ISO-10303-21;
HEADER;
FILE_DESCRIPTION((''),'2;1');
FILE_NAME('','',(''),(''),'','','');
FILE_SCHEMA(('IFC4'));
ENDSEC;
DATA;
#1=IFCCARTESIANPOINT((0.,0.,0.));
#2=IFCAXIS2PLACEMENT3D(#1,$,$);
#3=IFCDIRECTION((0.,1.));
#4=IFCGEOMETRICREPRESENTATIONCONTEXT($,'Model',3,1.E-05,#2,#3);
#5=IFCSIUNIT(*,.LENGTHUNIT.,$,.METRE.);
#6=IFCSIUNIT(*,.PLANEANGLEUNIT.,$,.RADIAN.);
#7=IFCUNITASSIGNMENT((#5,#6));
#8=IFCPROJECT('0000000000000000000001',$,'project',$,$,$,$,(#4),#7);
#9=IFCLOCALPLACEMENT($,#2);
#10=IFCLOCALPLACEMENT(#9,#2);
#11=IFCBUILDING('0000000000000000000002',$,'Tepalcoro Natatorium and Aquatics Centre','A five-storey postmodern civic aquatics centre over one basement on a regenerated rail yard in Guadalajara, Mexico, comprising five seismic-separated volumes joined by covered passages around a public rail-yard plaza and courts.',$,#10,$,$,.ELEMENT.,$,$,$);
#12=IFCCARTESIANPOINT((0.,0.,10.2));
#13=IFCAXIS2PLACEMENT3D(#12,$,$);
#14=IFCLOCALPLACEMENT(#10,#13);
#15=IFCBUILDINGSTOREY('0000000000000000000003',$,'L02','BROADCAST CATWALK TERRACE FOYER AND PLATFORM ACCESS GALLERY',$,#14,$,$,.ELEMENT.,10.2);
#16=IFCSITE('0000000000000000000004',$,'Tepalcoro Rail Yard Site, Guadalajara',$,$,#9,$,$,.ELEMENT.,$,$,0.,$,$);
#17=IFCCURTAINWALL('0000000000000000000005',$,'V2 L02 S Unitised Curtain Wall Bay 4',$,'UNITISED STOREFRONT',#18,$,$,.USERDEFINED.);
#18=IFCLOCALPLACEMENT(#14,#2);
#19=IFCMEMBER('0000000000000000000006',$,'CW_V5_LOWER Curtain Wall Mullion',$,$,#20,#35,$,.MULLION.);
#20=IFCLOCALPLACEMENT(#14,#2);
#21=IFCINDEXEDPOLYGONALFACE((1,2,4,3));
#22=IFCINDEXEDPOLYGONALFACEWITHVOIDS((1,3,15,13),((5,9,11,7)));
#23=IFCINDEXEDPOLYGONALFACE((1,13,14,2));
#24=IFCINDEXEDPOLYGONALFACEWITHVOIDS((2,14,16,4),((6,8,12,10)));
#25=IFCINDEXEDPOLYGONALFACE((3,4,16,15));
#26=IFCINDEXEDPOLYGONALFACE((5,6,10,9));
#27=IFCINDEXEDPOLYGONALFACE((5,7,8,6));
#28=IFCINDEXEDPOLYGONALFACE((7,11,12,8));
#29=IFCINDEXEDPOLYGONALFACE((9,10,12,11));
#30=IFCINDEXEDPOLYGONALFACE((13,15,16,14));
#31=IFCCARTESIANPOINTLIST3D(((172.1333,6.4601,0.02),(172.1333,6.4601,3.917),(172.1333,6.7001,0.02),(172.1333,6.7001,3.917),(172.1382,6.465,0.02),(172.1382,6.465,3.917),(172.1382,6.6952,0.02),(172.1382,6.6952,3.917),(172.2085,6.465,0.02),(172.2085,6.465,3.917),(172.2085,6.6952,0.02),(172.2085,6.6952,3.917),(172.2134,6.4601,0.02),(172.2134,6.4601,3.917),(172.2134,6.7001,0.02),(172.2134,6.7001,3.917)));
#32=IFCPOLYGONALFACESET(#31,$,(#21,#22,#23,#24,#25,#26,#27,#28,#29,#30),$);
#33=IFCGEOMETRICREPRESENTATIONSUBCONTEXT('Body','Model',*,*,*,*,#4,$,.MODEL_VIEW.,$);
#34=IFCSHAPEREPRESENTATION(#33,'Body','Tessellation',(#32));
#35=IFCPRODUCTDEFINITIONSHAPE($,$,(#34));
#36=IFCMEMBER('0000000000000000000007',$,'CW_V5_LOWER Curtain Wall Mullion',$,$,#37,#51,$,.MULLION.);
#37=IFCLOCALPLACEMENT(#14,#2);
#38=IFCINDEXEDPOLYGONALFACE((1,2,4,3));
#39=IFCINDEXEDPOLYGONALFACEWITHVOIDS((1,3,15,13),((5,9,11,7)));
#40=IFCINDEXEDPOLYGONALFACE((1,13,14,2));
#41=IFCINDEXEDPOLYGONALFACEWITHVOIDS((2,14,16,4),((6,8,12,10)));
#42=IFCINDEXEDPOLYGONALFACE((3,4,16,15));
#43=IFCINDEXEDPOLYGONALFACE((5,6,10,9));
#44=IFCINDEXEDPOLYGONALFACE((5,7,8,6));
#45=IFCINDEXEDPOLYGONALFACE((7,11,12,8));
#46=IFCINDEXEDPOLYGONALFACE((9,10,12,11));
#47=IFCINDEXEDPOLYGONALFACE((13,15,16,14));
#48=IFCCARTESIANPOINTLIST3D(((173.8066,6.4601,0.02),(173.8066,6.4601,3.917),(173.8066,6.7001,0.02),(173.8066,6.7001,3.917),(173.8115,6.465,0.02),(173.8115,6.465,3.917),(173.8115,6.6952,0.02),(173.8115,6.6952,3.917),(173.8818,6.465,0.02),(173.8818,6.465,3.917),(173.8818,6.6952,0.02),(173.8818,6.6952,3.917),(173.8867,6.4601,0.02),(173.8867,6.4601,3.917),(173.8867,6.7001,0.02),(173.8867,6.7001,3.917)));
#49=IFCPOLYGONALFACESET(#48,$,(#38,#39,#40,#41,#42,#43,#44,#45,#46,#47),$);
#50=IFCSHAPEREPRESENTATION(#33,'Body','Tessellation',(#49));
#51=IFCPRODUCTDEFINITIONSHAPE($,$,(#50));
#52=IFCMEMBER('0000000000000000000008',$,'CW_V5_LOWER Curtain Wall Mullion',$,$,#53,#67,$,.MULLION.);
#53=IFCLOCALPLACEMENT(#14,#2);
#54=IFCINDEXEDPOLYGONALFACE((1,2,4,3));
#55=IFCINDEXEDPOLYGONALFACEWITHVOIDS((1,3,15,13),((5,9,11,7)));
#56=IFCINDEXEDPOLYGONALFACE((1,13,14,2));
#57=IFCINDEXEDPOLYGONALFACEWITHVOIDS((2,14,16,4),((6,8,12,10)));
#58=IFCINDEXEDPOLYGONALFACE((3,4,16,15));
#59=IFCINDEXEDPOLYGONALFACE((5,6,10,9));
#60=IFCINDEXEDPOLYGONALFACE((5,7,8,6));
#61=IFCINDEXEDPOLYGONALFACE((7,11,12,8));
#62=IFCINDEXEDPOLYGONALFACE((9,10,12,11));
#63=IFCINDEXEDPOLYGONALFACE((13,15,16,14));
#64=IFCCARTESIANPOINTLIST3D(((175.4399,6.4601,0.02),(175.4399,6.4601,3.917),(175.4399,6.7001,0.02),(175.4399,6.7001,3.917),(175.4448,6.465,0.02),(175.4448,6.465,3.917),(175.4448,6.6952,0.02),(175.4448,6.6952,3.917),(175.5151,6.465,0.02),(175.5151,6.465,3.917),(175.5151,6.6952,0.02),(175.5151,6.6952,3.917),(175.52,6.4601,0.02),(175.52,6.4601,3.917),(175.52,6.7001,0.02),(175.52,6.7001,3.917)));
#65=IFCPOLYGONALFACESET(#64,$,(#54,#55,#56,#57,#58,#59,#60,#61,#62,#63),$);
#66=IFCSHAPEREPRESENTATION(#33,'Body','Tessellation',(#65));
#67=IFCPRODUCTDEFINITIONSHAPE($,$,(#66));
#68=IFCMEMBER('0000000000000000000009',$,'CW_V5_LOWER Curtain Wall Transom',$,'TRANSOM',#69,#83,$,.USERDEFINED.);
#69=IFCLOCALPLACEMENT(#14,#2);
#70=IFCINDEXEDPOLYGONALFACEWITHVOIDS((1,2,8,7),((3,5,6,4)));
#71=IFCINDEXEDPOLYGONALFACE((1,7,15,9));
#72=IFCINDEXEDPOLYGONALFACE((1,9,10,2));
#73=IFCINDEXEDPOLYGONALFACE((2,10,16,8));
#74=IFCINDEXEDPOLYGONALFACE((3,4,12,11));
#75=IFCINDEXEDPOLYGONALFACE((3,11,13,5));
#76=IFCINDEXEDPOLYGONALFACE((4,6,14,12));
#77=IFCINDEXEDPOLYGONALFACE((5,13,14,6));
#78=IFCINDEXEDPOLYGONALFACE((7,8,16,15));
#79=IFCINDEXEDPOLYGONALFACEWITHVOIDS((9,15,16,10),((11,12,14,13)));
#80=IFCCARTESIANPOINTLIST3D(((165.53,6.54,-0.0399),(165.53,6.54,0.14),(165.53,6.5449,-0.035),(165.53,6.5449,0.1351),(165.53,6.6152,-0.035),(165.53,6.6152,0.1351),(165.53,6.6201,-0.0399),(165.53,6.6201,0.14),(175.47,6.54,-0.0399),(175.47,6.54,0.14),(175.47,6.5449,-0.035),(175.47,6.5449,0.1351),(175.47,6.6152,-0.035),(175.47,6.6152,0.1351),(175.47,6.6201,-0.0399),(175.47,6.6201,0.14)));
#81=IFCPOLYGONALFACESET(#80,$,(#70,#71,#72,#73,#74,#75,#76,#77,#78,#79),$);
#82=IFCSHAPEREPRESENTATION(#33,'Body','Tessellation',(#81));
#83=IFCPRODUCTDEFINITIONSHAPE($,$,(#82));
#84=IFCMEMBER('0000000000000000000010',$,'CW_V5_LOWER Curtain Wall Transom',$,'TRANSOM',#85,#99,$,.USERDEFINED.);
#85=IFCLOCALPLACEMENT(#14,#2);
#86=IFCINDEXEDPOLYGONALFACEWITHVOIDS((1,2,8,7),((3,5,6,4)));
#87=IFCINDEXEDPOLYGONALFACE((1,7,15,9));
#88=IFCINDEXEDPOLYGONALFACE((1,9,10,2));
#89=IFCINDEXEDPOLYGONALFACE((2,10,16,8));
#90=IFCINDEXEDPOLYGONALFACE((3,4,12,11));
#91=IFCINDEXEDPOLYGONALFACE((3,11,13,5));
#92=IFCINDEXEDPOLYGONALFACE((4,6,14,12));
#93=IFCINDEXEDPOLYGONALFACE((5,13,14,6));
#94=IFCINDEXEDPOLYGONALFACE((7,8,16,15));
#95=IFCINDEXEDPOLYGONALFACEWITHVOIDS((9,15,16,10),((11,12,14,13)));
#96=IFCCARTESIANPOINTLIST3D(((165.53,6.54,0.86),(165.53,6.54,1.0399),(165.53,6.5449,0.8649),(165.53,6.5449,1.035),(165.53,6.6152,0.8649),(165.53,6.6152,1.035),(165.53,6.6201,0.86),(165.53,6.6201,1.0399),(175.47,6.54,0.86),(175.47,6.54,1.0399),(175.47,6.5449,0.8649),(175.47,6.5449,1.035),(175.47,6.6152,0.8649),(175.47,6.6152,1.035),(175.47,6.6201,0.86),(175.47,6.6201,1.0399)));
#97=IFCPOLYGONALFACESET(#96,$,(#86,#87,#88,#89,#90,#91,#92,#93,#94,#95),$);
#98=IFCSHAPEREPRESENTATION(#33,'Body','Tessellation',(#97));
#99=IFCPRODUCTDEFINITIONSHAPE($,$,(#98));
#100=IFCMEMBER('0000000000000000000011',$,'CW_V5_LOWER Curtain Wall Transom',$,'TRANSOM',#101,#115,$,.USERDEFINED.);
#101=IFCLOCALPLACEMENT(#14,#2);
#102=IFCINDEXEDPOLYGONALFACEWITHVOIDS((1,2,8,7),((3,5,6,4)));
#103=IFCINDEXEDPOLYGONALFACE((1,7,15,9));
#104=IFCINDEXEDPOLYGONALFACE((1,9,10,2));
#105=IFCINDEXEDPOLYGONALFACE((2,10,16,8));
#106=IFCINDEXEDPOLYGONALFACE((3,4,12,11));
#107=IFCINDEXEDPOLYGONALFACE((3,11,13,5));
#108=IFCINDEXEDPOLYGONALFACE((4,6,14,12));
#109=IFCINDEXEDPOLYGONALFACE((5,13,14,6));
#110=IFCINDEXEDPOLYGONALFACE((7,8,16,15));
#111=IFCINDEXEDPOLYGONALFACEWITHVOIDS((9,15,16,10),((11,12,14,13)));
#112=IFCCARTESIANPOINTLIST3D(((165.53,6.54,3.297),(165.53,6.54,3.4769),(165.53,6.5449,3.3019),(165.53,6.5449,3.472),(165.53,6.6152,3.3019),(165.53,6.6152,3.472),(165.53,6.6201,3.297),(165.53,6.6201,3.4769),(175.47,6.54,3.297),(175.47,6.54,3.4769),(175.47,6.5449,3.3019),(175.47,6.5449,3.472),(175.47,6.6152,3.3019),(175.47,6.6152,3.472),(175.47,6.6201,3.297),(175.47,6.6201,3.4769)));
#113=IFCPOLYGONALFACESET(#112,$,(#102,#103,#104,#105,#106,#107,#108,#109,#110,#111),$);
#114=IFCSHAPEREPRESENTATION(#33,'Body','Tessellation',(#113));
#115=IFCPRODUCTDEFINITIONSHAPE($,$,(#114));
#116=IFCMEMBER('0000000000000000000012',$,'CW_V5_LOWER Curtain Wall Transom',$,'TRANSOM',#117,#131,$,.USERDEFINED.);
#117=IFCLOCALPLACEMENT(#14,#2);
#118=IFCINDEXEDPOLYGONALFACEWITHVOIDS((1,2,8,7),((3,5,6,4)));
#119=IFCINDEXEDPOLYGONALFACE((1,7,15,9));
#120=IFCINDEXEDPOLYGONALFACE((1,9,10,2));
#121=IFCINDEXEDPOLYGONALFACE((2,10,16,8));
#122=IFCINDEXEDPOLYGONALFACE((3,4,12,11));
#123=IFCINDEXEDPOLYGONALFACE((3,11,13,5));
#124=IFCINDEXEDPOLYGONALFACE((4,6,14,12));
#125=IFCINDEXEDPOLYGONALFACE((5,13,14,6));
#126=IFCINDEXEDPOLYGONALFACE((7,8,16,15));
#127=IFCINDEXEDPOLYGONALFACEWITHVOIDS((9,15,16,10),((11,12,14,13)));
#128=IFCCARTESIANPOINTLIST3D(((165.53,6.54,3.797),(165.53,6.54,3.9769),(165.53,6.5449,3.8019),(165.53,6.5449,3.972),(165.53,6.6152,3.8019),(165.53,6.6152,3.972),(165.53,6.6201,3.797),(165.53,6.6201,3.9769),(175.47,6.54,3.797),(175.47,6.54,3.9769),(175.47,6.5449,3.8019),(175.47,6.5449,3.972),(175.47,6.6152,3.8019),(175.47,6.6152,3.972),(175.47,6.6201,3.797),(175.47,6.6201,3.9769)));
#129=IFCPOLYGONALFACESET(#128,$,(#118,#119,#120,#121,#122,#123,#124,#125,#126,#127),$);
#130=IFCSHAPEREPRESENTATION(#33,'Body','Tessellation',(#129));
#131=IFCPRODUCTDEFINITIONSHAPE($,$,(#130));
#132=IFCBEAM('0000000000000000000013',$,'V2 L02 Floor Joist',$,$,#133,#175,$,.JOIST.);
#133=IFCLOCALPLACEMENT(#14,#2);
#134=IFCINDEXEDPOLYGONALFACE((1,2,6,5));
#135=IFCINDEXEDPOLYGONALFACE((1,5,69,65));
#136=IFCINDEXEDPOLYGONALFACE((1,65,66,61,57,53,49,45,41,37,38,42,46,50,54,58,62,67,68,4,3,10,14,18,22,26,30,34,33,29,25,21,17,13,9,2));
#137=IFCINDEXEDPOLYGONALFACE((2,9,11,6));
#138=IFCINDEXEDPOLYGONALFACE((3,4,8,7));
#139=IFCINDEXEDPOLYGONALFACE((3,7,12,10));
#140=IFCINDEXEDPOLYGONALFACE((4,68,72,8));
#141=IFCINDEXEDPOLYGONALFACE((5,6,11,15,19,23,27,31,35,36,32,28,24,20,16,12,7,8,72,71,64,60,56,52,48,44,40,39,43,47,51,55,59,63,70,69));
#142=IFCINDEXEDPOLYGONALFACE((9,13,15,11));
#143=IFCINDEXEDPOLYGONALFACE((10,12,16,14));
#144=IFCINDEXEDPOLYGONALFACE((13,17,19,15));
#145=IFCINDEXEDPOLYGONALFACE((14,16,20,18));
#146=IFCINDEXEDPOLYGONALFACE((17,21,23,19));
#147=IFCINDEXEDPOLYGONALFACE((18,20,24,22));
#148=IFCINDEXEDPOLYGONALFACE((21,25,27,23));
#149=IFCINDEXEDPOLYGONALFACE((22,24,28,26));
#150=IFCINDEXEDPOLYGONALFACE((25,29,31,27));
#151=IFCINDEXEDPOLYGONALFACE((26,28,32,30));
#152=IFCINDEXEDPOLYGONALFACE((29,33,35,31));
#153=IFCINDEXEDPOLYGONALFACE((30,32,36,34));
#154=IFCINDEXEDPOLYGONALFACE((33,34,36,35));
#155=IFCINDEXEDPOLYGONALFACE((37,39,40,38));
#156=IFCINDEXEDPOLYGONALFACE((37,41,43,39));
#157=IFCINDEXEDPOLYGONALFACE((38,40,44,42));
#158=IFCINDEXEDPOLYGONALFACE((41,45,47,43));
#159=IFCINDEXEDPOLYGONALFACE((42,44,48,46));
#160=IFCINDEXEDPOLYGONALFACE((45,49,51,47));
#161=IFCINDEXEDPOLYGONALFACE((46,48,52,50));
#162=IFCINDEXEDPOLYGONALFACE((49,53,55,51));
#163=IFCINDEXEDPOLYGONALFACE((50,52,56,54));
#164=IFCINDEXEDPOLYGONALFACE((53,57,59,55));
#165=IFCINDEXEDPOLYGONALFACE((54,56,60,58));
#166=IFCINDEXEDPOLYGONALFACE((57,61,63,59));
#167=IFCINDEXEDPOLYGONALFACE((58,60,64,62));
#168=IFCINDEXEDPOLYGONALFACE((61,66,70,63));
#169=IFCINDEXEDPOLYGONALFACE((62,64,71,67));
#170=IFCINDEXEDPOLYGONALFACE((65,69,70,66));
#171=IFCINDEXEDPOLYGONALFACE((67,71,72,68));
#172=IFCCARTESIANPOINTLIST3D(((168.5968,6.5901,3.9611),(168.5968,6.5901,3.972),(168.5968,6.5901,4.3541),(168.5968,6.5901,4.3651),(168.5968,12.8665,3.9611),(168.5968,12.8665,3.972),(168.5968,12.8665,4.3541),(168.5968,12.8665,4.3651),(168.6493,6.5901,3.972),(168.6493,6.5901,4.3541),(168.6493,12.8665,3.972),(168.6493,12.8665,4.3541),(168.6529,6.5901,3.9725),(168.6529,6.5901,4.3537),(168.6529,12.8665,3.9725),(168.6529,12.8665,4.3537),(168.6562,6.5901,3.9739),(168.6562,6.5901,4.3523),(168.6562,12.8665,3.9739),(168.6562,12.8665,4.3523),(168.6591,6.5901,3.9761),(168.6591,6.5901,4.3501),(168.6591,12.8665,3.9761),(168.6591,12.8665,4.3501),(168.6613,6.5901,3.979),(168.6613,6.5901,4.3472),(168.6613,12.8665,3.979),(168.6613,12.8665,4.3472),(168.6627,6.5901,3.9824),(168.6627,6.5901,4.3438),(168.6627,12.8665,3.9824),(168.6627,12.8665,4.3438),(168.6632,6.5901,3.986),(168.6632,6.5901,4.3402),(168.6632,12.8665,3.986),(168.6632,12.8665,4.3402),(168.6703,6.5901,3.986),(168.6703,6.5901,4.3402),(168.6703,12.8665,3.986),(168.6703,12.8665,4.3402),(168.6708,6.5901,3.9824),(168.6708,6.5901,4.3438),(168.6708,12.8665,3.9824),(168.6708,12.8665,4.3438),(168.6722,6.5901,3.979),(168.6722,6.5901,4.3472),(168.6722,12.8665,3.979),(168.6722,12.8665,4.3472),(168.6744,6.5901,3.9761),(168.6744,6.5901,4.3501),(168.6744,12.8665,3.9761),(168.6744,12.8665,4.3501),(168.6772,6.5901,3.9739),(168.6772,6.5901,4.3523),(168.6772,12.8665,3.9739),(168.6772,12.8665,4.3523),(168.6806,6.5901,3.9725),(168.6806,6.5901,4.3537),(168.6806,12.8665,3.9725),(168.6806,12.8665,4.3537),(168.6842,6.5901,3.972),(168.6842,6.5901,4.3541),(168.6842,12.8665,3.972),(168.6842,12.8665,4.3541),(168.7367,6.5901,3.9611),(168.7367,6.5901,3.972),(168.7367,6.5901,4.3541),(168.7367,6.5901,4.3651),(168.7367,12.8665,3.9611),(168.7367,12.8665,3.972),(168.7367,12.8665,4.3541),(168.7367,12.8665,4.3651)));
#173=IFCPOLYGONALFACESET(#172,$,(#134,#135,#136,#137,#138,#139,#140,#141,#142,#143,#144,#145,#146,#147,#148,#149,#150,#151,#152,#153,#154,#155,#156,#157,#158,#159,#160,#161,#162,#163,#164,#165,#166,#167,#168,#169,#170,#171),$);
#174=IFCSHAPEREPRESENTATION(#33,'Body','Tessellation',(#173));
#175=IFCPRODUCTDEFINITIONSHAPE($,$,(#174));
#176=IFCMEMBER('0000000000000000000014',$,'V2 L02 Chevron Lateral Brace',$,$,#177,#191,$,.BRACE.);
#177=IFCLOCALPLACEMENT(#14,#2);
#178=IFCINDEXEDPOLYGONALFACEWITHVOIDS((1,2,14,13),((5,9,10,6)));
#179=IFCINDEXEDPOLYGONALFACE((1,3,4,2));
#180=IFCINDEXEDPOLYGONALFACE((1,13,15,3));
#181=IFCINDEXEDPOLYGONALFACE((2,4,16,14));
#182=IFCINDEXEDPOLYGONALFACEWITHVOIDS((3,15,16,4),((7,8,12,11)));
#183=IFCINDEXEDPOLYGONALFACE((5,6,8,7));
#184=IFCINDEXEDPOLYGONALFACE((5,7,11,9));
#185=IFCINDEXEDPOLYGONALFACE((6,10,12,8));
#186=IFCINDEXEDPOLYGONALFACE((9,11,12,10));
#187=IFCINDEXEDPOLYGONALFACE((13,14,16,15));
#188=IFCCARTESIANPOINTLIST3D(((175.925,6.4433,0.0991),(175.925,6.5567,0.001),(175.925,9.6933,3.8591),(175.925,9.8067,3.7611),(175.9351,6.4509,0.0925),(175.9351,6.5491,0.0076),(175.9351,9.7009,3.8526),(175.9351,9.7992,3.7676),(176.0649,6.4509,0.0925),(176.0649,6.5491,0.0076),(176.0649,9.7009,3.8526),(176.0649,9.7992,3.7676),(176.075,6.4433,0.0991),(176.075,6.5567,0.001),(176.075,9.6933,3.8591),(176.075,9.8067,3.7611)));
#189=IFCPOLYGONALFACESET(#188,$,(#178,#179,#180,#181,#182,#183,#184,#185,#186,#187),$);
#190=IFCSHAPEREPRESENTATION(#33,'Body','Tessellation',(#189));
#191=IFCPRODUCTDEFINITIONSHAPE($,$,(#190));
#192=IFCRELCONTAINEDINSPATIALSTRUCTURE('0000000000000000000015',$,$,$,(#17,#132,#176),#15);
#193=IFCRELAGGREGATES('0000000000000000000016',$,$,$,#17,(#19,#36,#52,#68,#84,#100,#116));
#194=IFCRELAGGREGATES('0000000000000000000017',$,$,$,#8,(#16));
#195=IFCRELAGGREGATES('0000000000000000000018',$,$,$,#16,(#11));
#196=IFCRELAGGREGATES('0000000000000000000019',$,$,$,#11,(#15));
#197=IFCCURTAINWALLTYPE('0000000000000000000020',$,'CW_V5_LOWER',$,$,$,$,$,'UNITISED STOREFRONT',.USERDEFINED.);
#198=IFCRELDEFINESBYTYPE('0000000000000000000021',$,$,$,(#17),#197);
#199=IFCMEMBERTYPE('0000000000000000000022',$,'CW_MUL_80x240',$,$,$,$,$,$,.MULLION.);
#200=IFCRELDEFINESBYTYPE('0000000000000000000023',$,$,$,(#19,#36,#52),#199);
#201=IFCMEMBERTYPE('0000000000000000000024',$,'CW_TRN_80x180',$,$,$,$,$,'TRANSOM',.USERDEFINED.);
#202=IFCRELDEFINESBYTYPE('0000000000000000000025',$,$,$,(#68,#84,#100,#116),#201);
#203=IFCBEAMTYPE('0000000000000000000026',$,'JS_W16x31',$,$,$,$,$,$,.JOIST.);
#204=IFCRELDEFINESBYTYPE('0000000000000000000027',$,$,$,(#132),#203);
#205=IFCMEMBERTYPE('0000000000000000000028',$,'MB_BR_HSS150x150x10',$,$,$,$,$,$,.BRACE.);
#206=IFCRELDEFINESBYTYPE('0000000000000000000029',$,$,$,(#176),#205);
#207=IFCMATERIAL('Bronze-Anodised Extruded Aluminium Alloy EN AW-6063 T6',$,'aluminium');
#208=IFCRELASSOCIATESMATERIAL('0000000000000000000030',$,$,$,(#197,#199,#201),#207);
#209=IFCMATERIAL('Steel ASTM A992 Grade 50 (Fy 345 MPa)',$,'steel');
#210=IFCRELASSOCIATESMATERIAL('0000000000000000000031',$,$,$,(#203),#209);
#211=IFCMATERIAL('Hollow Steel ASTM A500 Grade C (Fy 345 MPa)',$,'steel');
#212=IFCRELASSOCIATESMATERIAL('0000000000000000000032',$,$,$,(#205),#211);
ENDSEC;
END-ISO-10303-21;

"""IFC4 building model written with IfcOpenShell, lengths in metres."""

from ifc_helpers import new_model, si_unit, direction, frame, origin, origin_2d, place, context, subcontext, project, spatial, hollow_rectangle, i_section, extrude, material, material_profile, profile_set, type_object, element, aggregate, save


model = new_model("IFC4")

# Units and contexts
model_context = context("Model", 3, precision=1e-05, world=origin(), true_north=direction((0.0, 1.0)))
body_context = subcontext(model_context, "Body", "Model", "MODEL_VIEW")
ifc_project = project(units=[si_unit("LENGTHUNIT", "METRE"), si_unit("PLANEANGLEUNIT", "RADIAN")], contexts=[model_context])

# Site, building, storey
site_placement = place(None, origin())
site = spatial("IfcSite", under=ifc_project, at=site_placement, Name="Tepalcoro Rail Yard Site, Guadalajara", CompositionType="ELEMENT", RefElevation=0.0)
building_placement = place(site_placement, origin())
building = spatial("IfcBuilding", under=site, at=building_placement, Name="Tepalcoro Natatorium and Aquatics Centre", Description="A five-storey postmodern civic aquatics centre over one basement on a regenerated rail yard in Guadalajara, Mexico, comprising five seismic-separated volumes joined by covered passages around a public rail-yard plaza and courts.", CompositionType="ELEMENT")
storey_placement = place(building_placement, frame((0.0, 0.0, 10.2)))
storey = spatial("IfcBuildingStorey", under=building, at=storey_placement, Name="L02", Description="BROADCAST CATWALK TERRACE FOYER AND PLATFORM ACCESS GALLERY", CompositionType="ELEMENT", Elevation=10.2)

# Shared definitions
ifc_material_1 = material(Name="Steel ASTM A992 Grade 50 (Fy 345 MPa)", Category="steel")

# Shared definitions
ifc_material_2 = material(Name="Bronze-Anodised Extruded Aluminium Alloy EN AW-6063 T6", Category="aluminium")

# Curtain wall, members
curtain_wall_type_1 = type_object("IfcCurtainWallType", Name="CW_V5_LOWER", ElementType="UNITISED STOREFRONT", PredefinedType="USERDEFINED", material=ifc_material_2)
curtain_wall_1_placement = place(storey_placement, origin())
curtain_wall_1 = element("IfcCurtainWall", 1, at=curtain_wall_1_placement, inside=storey, type_object=curtain_wall_type_1, Name="V2 L02 S Unitised Curtain Wall Bay 4", ObjectType="UNITISED STOREFRONT", PredefinedType="USERDEFINED")
ifc_material_profile_1 = material_profile(ifc_material_2, hollow_rectangle(XDim=0.0801, YDim=0.24, WallThickness=0.0049, at=origin_2d()), Name="AL80X240X5")
ifc_profile_set_1 = profile_set([ifc_material_profile_1], Name="Bronze-Anodised Extruded Aluminium Alloy EN AW-6063 T6")
member_type_1 = type_object("IfcMemberType", Name="CW_MUL_80x240", PredefinedType="MULLION", material=ifc_profile_set_1)
member_1_placement = place(storey_placement, frame((172.1733, 6.5801, 0.02), z_axis=(0.0, 0.0, 1.0), x_axis=(1.0, 0.0, 0.0)))
member_1 = element("IfcMember", 2, at=member_1_placement, type_object=member_type_1, Name="CW_V5_LOWER Curtain Wall Mullion", PredefinedType="MULLION", context=body_context, shape_type="SweptSolid", body=[
    extrude(hollow_rectangle(XDim=0.0801, YDim=0.24, WallThickness=0.0049, at=origin_2d()), origin(), (0.0, 0.0, 1.0), 3.897),
])
member_2_placement = place(storey_placement, frame((173.8467, 6.5801, 0.02), z_axis=(0.0, 0.0, 1.0), x_axis=(1.0, 0.0, 0.0)))
member_2 = element("IfcMember", 3, at=member_2_placement, type_object=member_type_1, Name="CW_V5_LOWER Curtain Wall Mullion", PredefinedType="MULLION", context=body_context, shape_type="SweptSolid", body=[
    extrude(hollow_rectangle(XDim=0.0801, YDim=0.24, WallThickness=0.0049, at=origin_2d()), origin(), (0.0, 0.0, 1.0), 3.897),
])
member_3_placement = place(storey_placement, frame((175.48, 6.5801, 0.02), z_axis=(0.0, 0.0, 1.0), x_axis=(1.0, 0.0, 0.0)))
member_3 = element("IfcMember", 4, at=member_3_placement, type_object=member_type_1, Name="CW_V5_LOWER Curtain Wall Mullion", PredefinedType="MULLION", context=body_context, shape_type="SweptSolid", body=[
    extrude(hollow_rectangle(XDim=0.0801, YDim=0.24, WallThickness=0.0049, at=origin_2d()), origin(), (0.0, 0.0, 1.0), 3.897),
])
ifc_material_profile_2 = material_profile(ifc_material_2, hollow_rectangle(XDim=0.0801, YDim=0.1799, WallThickness=0.0049, at=origin_2d()), Name="AL80X180X5")
ifc_profile_set_2 = profile_set([ifc_material_profile_2], Name="Bronze-Anodised Extruded Aluminium Alloy EN AW-6063 T6")
member_type_2 = type_object("IfcMemberType", Name="CW_TRN_80x180", ElementType="TRANSOM", PredefinedType="USERDEFINED", material=ifc_profile_set_2)
member_4_placement = place(storey_placement, frame((165.53, 6.5801, 0.05), z_axis=(1.0, 0.0, 0.0), x_axis=(0.0, 1.0, 0.0)))
member_4 = element("IfcMember", 5, at=member_4_placement, type_object=member_type_2, Name="CW_V5_LOWER Curtain Wall Transom", ObjectType="TRANSOM", PredefinedType="USERDEFINED", context=body_context, shape_type="SweptSolid", body=[
    extrude(hollow_rectangle(XDim=0.0801, YDim=0.1799, WallThickness=0.0049, at=origin_2d()), origin(), (0.0, 0.0, 1.0), 9.9399),
])
member_5_placement = place(storey_placement, frame((165.53, 6.5801, 0.95), z_axis=(1.0, 0.0, 0.0), x_axis=(0.0, 1.0, 0.0)))
member_5 = element("IfcMember", 6, at=member_5_placement, type_object=member_type_2, Name="CW_V5_LOWER Curtain Wall Transom", ObjectType="TRANSOM", PredefinedType="USERDEFINED", context=body_context, shape_type="SweptSolid", body=[
    extrude(hollow_rectangle(XDim=0.0801, YDim=0.1799, WallThickness=0.0049, at=origin_2d()), origin(), (0.0, 0.0, 1.0), 9.9399),
])
member_6_placement = place(storey_placement, frame((165.53, 6.5801, 3.387), z_axis=(1.0, 0.0, 0.0), x_axis=(0.0, 1.0, 0.0)))
member_6 = element("IfcMember", 7, at=member_6_placement, type_object=member_type_2, Name="CW_V5_LOWER Curtain Wall Transom", ObjectType="TRANSOM", PredefinedType="USERDEFINED", context=body_context, shape_type="SweptSolid", body=[
    extrude(hollow_rectangle(XDim=0.0801, YDim=0.1799, WallThickness=0.0049, at=origin_2d()), origin(), (0.0, 0.0, 1.0), 9.9399),
])
member_7_placement = place(storey_placement, frame((165.53, 6.5801, 3.887), z_axis=(1.0, 0.0, 0.0), x_axis=(0.0, 1.0, 0.0)))
member_7 = element("IfcMember", 8, at=member_7_placement, type_object=member_type_2, Name="CW_V5_LOWER Curtain Wall Transom", ObjectType="TRANSOM", PredefinedType="USERDEFINED", context=body_context, shape_type="SweptSolid", body=[
    extrude(hollow_rectangle(XDim=0.0801, YDim=0.1799, WallThickness=0.0049, at=origin_2d()), origin(), (0.0, 0.0, 1.0), 9.9399),
])

# Beam
ifc_material_profile_3 = material_profile(ifc_material_1, i_section(OverallWidth=0.1399, OverallDepth=0.4041, WebThickness=0.0071, FlangeThickness=0.011, FilletRadius=0.0139, at=origin_2d()), Name="W16X31")
ifc_profile_set_3 = profile_set([ifc_material_profile_3], Name="Steel ASTM A992 Grade 50 (Fy 345 MPa)")
beam_type_1 = type_object("IfcBeamType", Name="JS_W16x31", PredefinedType="JOIST", material=ifc_profile_set_3)
beam_1_placement = place(storey_placement, frame((168.6667, 6.5901, 4.1631), z_axis=(0.0, 1.0, 0.0), x_axis=(-1.0, 0.0, 0.0)))
element("IfcBeam", 9, at=beam_1_placement, inside=storey, type_object=beam_type_1, Name="V2 L02 Floor Joist", PredefinedType="JOIST", context=body_context, shape_type="SweptSolid", body=[
    extrude(i_section(OverallWidth=0.1399, OverallDepth=0.4041, WebThickness=0.0071, FlangeThickness=0.011, FilletRadius=0.0139, at=origin_2d()), origin(), (0.0, 0.0, 1.0), 6.2764),
])

# Member
ifc_material_3 = material(Name="Hollow Steel ASTM A500 Grade C (Fy 345 MPa)", Category="steel")
ifc_material_profile_4 = material_profile(ifc_material_3, hollow_rectangle(XDim=0.1499, YDim=0.1499, WallThickness=0.01, at=origin_2d()), Name="HSS150X150X10")
ifc_profile_set_4 = profile_set([ifc_material_profile_4], Name="Hollow Steel ASTM A500 Grade C (Fy 345 MPa)")
member_type_3 = type_object("IfcMemberType", Name="MB_BR_HSS150x150x10", PredefinedType="BRACE", material=ifc_profile_set_4)
member_8_placement = place(storey_placement, frame((176.0, 6.5, 0.05), z_axis=(0.0, 0.653933, 0.756552), x_axis=(-1.0, 0.0, 0.0)))
element("IfcMember", 10, at=member_8_placement, inside=storey, type_object=member_type_3, Name="V2 L02 Chevron Lateral Brace", PredefinedType="BRACE", context=body_context, shape_type="SweptSolid", body=[
    extrude(hollow_rectangle(XDim=0.1499, YDim=0.1499, WallThickness=0.01, at=origin_2d()), origin(), (0.0, 0.0, 1.0), 4.97),
])

aggregate(curtain_wall_1, [member_1, member_2, member_3, member_4, member_5, member_6, member_7])

save(model, "model.ifc")
